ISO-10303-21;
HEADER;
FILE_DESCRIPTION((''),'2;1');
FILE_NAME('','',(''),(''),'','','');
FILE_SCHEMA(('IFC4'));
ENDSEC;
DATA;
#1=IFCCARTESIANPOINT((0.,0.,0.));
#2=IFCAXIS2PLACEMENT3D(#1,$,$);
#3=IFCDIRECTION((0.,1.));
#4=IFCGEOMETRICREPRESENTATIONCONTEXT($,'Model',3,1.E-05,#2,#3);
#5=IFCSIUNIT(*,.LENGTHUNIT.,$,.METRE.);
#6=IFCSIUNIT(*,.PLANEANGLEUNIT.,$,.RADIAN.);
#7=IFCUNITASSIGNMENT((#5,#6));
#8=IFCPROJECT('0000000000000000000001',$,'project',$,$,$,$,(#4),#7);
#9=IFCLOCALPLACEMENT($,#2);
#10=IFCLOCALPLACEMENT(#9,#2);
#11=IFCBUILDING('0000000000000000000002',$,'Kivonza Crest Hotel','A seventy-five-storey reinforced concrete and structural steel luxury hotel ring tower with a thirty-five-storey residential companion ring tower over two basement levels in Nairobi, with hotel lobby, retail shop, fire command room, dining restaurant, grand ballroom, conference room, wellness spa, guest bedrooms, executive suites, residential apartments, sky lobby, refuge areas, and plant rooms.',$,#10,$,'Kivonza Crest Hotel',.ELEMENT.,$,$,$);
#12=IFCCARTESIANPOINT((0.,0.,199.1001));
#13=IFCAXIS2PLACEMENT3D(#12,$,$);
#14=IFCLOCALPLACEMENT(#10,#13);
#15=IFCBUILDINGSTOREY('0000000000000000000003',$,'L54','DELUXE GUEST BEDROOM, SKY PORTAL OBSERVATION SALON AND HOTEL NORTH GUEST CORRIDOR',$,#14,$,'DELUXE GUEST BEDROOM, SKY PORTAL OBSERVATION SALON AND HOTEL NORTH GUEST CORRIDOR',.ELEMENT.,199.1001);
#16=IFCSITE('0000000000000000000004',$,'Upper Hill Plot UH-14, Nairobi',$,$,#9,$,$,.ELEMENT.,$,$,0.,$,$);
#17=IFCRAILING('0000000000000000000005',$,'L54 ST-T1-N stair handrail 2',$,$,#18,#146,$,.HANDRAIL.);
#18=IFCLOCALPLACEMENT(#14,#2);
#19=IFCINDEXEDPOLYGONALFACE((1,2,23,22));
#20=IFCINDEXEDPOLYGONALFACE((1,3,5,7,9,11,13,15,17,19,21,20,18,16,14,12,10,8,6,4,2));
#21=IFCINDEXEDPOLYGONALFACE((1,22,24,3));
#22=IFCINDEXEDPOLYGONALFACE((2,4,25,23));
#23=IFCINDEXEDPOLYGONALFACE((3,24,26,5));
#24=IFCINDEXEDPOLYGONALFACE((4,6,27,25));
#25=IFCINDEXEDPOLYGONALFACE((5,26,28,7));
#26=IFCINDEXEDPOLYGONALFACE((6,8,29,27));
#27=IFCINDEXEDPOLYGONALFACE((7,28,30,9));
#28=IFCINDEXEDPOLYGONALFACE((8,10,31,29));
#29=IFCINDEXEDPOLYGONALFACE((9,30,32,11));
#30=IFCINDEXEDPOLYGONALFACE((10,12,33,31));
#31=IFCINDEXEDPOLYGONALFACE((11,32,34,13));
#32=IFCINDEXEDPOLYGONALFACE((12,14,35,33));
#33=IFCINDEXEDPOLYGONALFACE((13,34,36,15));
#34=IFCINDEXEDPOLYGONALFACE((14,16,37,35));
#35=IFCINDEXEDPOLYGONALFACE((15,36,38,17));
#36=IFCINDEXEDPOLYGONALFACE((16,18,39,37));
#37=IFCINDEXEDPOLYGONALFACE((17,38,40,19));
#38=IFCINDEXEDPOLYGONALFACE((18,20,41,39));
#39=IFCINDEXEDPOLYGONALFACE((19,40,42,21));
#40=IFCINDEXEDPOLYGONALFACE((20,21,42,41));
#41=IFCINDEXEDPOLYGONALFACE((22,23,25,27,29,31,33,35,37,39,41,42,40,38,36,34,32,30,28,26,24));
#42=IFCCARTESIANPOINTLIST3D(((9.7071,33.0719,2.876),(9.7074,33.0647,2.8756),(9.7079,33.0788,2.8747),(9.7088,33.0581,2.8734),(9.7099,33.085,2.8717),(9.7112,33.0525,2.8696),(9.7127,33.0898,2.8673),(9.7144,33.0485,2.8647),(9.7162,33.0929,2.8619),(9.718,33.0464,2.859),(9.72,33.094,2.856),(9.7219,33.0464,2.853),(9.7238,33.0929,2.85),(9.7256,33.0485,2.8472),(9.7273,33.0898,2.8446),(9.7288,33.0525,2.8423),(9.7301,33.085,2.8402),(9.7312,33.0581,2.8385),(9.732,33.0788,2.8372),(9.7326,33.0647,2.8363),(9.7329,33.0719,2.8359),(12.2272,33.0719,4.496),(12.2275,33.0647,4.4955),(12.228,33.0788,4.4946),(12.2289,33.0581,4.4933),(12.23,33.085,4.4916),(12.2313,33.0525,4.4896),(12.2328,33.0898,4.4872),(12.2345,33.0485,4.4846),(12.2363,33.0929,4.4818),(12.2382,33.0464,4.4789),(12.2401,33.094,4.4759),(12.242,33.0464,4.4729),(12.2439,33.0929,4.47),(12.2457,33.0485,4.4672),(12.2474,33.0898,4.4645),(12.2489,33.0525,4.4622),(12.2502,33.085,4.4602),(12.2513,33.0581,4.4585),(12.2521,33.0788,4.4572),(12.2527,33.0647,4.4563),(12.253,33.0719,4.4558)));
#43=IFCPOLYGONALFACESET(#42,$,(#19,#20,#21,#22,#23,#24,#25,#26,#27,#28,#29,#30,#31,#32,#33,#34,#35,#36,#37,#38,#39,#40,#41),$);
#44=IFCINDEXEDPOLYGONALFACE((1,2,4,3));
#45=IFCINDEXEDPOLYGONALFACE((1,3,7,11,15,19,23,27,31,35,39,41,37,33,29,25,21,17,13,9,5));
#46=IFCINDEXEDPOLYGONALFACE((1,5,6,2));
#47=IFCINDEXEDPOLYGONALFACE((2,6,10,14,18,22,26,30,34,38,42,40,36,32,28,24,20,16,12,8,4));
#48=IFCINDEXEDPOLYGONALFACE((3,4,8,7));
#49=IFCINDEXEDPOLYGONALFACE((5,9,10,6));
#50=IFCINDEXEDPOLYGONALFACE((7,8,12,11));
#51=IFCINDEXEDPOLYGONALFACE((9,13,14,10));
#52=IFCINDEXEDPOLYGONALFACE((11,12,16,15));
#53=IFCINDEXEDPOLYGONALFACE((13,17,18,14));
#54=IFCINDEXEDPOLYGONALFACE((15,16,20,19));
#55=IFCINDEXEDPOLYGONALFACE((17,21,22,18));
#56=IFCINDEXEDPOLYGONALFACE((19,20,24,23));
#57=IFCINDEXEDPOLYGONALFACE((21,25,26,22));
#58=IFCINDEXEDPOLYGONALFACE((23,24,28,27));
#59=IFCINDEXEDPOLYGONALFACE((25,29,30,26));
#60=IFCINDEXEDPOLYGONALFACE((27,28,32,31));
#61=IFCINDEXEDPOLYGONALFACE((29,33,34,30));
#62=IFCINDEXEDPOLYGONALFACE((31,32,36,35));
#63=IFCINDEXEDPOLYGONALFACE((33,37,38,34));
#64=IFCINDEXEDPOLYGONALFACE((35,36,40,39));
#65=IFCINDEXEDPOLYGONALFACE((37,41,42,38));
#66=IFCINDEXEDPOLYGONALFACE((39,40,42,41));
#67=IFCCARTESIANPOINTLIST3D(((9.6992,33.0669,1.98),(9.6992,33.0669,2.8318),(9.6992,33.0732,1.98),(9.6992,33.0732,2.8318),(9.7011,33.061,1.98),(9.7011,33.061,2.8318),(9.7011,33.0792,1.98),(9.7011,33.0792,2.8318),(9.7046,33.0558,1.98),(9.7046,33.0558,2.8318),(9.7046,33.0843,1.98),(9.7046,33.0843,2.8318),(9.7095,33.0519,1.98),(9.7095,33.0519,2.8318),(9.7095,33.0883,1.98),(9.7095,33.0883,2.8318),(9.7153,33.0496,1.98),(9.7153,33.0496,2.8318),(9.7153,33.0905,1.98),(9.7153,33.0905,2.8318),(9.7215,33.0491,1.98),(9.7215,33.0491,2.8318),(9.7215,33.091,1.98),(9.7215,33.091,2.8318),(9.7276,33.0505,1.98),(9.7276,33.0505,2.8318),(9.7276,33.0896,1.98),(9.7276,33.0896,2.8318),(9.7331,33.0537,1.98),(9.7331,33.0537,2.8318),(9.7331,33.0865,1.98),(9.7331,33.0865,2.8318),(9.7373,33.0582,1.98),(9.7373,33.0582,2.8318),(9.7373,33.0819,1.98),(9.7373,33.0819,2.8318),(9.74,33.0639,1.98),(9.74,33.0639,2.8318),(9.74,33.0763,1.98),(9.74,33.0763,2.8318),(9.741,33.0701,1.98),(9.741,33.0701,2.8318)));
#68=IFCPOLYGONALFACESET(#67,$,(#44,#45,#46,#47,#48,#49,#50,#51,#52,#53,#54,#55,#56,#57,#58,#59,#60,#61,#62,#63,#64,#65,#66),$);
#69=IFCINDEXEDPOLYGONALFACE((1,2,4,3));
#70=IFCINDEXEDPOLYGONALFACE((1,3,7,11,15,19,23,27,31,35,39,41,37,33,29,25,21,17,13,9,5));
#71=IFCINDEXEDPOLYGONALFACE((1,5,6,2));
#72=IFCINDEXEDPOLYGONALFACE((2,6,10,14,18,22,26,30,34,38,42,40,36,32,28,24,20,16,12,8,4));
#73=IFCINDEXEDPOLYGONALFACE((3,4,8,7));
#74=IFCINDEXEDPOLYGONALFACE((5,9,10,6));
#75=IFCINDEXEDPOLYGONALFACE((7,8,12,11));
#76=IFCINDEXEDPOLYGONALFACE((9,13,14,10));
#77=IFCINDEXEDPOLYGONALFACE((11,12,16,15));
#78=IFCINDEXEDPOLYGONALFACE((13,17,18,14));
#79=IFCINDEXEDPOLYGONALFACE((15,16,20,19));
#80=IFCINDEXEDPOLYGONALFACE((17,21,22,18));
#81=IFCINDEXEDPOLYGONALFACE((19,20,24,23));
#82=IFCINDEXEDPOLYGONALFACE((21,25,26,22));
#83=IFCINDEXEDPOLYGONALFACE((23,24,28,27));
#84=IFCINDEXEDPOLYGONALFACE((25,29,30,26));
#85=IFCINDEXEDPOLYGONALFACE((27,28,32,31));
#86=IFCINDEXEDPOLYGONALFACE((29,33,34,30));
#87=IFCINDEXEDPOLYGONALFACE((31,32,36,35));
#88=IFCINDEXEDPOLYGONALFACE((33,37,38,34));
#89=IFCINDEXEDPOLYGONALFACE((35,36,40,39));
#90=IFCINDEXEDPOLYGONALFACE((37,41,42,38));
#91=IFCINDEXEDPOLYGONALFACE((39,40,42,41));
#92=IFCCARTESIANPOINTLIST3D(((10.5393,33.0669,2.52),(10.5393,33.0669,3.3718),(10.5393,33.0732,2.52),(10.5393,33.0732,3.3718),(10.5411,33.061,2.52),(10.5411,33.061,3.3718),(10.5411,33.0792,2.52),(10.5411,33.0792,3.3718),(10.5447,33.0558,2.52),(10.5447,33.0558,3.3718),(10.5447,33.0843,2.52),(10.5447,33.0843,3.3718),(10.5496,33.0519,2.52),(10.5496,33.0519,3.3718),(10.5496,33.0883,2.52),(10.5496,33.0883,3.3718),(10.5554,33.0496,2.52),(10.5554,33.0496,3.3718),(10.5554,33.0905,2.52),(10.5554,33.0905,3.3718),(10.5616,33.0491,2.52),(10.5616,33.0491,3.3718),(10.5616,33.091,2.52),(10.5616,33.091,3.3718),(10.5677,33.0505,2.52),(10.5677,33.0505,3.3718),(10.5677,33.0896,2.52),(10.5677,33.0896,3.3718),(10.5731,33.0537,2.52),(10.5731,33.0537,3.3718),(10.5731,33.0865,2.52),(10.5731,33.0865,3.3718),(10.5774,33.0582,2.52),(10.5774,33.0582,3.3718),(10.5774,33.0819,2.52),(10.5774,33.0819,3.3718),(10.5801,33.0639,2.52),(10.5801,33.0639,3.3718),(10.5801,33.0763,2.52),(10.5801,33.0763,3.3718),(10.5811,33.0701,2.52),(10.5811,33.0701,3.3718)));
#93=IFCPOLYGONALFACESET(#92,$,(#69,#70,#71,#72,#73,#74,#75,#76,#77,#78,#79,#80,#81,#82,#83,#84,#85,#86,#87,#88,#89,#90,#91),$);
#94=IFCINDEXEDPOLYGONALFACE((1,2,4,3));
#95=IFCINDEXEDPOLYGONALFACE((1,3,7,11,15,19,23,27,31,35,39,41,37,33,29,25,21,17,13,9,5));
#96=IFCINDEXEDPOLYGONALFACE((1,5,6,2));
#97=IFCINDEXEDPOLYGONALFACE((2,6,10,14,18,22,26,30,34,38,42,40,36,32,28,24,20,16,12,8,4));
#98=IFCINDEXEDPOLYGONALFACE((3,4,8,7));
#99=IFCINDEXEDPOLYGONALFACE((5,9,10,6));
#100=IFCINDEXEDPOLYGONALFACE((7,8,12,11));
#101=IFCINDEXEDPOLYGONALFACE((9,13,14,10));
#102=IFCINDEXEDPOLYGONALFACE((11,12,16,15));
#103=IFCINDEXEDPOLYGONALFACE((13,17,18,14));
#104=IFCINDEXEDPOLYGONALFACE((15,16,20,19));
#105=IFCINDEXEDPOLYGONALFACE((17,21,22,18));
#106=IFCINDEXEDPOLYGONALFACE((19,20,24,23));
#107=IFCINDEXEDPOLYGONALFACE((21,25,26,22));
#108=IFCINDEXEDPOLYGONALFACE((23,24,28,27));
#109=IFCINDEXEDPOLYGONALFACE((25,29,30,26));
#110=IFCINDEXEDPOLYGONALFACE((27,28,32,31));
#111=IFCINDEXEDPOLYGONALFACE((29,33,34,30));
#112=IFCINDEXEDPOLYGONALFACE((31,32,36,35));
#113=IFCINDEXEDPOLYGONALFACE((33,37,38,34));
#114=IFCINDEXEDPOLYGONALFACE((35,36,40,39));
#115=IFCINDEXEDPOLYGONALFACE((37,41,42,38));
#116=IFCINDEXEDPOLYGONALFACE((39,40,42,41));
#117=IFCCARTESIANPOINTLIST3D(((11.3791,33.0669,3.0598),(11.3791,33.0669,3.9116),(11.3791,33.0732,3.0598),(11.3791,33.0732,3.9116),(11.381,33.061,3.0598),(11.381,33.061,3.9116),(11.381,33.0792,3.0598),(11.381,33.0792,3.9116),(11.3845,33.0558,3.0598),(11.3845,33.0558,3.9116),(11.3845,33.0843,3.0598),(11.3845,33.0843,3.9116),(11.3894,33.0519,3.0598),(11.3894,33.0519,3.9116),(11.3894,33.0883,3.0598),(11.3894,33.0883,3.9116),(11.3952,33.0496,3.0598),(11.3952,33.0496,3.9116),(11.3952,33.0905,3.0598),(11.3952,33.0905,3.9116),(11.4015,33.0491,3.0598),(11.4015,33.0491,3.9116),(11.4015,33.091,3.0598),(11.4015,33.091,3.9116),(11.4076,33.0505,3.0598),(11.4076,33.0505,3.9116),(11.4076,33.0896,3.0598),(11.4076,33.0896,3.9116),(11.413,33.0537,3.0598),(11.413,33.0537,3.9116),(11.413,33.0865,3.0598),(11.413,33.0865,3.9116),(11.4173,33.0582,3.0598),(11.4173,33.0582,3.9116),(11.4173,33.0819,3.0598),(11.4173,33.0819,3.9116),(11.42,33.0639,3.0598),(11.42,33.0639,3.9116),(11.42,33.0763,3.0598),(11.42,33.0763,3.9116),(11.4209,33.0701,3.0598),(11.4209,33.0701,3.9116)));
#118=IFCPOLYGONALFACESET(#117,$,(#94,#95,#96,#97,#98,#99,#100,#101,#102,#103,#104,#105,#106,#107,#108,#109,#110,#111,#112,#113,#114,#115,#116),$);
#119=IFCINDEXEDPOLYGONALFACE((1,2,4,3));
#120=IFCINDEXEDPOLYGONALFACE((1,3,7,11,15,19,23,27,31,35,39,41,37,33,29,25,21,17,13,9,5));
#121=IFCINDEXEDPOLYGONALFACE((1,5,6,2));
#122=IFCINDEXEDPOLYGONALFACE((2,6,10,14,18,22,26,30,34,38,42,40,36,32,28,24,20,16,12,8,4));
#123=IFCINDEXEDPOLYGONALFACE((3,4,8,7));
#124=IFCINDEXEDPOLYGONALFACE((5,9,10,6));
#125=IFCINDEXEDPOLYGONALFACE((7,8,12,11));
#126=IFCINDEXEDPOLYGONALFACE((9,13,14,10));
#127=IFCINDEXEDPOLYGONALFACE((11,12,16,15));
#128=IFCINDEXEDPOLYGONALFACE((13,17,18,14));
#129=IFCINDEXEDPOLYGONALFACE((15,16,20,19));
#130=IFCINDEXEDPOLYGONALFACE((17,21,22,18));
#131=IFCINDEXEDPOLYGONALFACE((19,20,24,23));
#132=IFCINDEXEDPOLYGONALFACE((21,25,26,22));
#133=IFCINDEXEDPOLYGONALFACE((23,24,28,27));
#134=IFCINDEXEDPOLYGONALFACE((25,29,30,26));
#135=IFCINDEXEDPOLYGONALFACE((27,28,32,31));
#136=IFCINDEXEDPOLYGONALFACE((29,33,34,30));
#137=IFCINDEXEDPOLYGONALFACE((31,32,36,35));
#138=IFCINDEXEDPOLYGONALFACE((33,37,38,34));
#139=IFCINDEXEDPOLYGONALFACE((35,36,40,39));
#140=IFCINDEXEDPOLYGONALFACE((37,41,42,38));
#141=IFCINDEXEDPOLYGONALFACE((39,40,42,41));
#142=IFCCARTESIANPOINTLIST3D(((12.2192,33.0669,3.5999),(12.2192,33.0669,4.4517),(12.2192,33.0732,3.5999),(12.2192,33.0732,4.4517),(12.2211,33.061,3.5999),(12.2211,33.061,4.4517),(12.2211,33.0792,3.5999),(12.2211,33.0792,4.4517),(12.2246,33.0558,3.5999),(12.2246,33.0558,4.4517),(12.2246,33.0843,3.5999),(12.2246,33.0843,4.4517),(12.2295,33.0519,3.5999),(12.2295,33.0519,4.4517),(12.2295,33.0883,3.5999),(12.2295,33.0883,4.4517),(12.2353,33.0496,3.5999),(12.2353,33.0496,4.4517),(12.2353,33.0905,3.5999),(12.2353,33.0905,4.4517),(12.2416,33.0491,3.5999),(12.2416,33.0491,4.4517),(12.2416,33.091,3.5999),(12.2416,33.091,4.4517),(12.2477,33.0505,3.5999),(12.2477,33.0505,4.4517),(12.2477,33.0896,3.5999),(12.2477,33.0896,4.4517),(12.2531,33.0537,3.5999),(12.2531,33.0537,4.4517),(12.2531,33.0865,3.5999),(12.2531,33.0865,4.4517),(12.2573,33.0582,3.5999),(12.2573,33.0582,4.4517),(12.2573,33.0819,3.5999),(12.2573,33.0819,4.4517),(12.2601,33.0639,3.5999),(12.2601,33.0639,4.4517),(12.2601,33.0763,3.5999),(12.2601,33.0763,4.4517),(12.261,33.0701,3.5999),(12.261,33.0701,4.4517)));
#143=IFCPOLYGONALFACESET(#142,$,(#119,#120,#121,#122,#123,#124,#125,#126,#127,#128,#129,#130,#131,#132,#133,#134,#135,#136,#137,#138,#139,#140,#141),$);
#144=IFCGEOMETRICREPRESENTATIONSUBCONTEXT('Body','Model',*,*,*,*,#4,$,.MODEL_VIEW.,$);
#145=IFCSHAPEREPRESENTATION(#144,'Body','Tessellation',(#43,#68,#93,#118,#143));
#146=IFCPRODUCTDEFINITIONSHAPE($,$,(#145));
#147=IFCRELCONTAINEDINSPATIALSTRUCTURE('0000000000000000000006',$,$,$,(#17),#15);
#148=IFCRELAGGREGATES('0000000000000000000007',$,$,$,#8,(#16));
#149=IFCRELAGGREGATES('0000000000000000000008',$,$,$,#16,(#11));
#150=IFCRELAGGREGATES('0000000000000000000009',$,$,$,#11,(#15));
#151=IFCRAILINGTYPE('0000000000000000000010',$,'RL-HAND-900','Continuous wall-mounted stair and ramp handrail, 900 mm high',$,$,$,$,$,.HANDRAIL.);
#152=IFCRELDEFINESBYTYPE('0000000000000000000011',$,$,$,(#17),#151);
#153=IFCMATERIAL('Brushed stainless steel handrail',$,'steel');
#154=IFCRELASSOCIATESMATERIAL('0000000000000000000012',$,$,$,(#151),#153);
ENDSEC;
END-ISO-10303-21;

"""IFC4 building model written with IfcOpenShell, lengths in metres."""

from ifc_helpers import new_model, si_unit, direction, frame, origin, origin_2d, place, context, subcontext, project, spatial, circle, extrude, material, type_object, element, save


model = new_model("IFC4")

# Units and contexts
model_context = context("Model", 3, precision=1e-05, world=origin(), true_north=direction((0.0, 1.0)))
body_context = subcontext(model_context, "Body", "Model", "MODEL_VIEW")
ifc_project = project(units=[si_unit("LENGTHUNIT", "METRE"), si_unit("PLANEANGLEUNIT", "RADIAN")], contexts=[model_context])

# Site, building, storey
site_placement = place(None, origin())
site = spatial("IfcSite", under=ifc_project, at=site_placement, Name="Upper Hill Plot UH-14, Nairobi", CompositionType="ELEMENT", RefElevation=0.0)
building_placement = place(site_placement, origin())
building = spatial("IfcBuilding", under=site, at=building_placement, Name="Kivonza Crest Hotel", Description="A seventy-five-storey reinforced concrete and structural steel luxury hotel ring tower with a thirty-five-storey residential companion ring tower over two basement levels in Nairobi, with hotel lobby, retail shop, fire command room, dining restaurant, grand ballroom, conference room, wellness spa, guest bedrooms, executive suites, residential apartments, sky lobby, refuge areas, and plant rooms.", LongName="Kivonza Crest Hotel", CompositionType="ELEMENT")
storey_placement = place(building_placement, frame((0.0, 0.0, 199.1001)))
storey = spatial("IfcBuildingStorey", under=building, at=storey_placement, Name="L54", Description="DELUXE GUEST BEDROOM, SKY PORTAL OBSERVATION SALON AND HOTEL NORTH GUEST CORRIDOR", LongName="DELUXE GUEST BEDROOM, SKY PORTAL OBSERVATION SALON AND HOTEL NORTH GUEST CORRIDOR", CompositionType="ELEMENT", Elevation=199.1001)

# Railing
ifc_material_1 = material(Name="Brushed stainless steel handrail", Category="steel")
railing_type_1 = type_object("IfcRailingType", Name="RL-HAND-900", Description="Continuous wall-mounted stair and ramp handrail, 900 mm high", PredefinedType="HANDRAIL", material=ifc_material_1)
railing_1_placement = place(storey_placement, frame((9.72, 33.0701, 1.98)))
element("IfcRailing", 1, at=railing_1_placement, inside=storey, type_object=railing_type_1, Name="L54 ST-T1-N stair handrail 2", PredefinedType="HANDRAIL", context=body_context, shape_type="SweptSolid", body=[
    extrude(circle(Radius=0.0239, at=origin_2d()), frame((0.0, 0.0, 0.876), z_axis=(0.8412, 0.0, 0.540725), x_axis=(0.0, 1.0, 0.0)), (0.0, 0.0, 1.0), 2.9958),
    extrude(circle(Radius=0.021, at=origin_2d()), origin(), (0.0, 0.0, 1.0), 0.8518),
    extrude(circle(Radius=0.021, at=origin_2d()), frame((0.8401, 0.0, 0.54)), (0.0, 0.0, 1.0), 0.8518),
    extrude(circle(Radius=0.021, at=origin_2d()), frame((1.6799, 0.0, 1.0798)), (0.0, 0.0, 1.0), 0.8518),
    extrude(circle(Radius=0.021, at=origin_2d()), frame((2.52, 0.0, 1.6199)), (0.0, 0.0, 1.0), 0.8518),
])

save(model, "model.ifc")
